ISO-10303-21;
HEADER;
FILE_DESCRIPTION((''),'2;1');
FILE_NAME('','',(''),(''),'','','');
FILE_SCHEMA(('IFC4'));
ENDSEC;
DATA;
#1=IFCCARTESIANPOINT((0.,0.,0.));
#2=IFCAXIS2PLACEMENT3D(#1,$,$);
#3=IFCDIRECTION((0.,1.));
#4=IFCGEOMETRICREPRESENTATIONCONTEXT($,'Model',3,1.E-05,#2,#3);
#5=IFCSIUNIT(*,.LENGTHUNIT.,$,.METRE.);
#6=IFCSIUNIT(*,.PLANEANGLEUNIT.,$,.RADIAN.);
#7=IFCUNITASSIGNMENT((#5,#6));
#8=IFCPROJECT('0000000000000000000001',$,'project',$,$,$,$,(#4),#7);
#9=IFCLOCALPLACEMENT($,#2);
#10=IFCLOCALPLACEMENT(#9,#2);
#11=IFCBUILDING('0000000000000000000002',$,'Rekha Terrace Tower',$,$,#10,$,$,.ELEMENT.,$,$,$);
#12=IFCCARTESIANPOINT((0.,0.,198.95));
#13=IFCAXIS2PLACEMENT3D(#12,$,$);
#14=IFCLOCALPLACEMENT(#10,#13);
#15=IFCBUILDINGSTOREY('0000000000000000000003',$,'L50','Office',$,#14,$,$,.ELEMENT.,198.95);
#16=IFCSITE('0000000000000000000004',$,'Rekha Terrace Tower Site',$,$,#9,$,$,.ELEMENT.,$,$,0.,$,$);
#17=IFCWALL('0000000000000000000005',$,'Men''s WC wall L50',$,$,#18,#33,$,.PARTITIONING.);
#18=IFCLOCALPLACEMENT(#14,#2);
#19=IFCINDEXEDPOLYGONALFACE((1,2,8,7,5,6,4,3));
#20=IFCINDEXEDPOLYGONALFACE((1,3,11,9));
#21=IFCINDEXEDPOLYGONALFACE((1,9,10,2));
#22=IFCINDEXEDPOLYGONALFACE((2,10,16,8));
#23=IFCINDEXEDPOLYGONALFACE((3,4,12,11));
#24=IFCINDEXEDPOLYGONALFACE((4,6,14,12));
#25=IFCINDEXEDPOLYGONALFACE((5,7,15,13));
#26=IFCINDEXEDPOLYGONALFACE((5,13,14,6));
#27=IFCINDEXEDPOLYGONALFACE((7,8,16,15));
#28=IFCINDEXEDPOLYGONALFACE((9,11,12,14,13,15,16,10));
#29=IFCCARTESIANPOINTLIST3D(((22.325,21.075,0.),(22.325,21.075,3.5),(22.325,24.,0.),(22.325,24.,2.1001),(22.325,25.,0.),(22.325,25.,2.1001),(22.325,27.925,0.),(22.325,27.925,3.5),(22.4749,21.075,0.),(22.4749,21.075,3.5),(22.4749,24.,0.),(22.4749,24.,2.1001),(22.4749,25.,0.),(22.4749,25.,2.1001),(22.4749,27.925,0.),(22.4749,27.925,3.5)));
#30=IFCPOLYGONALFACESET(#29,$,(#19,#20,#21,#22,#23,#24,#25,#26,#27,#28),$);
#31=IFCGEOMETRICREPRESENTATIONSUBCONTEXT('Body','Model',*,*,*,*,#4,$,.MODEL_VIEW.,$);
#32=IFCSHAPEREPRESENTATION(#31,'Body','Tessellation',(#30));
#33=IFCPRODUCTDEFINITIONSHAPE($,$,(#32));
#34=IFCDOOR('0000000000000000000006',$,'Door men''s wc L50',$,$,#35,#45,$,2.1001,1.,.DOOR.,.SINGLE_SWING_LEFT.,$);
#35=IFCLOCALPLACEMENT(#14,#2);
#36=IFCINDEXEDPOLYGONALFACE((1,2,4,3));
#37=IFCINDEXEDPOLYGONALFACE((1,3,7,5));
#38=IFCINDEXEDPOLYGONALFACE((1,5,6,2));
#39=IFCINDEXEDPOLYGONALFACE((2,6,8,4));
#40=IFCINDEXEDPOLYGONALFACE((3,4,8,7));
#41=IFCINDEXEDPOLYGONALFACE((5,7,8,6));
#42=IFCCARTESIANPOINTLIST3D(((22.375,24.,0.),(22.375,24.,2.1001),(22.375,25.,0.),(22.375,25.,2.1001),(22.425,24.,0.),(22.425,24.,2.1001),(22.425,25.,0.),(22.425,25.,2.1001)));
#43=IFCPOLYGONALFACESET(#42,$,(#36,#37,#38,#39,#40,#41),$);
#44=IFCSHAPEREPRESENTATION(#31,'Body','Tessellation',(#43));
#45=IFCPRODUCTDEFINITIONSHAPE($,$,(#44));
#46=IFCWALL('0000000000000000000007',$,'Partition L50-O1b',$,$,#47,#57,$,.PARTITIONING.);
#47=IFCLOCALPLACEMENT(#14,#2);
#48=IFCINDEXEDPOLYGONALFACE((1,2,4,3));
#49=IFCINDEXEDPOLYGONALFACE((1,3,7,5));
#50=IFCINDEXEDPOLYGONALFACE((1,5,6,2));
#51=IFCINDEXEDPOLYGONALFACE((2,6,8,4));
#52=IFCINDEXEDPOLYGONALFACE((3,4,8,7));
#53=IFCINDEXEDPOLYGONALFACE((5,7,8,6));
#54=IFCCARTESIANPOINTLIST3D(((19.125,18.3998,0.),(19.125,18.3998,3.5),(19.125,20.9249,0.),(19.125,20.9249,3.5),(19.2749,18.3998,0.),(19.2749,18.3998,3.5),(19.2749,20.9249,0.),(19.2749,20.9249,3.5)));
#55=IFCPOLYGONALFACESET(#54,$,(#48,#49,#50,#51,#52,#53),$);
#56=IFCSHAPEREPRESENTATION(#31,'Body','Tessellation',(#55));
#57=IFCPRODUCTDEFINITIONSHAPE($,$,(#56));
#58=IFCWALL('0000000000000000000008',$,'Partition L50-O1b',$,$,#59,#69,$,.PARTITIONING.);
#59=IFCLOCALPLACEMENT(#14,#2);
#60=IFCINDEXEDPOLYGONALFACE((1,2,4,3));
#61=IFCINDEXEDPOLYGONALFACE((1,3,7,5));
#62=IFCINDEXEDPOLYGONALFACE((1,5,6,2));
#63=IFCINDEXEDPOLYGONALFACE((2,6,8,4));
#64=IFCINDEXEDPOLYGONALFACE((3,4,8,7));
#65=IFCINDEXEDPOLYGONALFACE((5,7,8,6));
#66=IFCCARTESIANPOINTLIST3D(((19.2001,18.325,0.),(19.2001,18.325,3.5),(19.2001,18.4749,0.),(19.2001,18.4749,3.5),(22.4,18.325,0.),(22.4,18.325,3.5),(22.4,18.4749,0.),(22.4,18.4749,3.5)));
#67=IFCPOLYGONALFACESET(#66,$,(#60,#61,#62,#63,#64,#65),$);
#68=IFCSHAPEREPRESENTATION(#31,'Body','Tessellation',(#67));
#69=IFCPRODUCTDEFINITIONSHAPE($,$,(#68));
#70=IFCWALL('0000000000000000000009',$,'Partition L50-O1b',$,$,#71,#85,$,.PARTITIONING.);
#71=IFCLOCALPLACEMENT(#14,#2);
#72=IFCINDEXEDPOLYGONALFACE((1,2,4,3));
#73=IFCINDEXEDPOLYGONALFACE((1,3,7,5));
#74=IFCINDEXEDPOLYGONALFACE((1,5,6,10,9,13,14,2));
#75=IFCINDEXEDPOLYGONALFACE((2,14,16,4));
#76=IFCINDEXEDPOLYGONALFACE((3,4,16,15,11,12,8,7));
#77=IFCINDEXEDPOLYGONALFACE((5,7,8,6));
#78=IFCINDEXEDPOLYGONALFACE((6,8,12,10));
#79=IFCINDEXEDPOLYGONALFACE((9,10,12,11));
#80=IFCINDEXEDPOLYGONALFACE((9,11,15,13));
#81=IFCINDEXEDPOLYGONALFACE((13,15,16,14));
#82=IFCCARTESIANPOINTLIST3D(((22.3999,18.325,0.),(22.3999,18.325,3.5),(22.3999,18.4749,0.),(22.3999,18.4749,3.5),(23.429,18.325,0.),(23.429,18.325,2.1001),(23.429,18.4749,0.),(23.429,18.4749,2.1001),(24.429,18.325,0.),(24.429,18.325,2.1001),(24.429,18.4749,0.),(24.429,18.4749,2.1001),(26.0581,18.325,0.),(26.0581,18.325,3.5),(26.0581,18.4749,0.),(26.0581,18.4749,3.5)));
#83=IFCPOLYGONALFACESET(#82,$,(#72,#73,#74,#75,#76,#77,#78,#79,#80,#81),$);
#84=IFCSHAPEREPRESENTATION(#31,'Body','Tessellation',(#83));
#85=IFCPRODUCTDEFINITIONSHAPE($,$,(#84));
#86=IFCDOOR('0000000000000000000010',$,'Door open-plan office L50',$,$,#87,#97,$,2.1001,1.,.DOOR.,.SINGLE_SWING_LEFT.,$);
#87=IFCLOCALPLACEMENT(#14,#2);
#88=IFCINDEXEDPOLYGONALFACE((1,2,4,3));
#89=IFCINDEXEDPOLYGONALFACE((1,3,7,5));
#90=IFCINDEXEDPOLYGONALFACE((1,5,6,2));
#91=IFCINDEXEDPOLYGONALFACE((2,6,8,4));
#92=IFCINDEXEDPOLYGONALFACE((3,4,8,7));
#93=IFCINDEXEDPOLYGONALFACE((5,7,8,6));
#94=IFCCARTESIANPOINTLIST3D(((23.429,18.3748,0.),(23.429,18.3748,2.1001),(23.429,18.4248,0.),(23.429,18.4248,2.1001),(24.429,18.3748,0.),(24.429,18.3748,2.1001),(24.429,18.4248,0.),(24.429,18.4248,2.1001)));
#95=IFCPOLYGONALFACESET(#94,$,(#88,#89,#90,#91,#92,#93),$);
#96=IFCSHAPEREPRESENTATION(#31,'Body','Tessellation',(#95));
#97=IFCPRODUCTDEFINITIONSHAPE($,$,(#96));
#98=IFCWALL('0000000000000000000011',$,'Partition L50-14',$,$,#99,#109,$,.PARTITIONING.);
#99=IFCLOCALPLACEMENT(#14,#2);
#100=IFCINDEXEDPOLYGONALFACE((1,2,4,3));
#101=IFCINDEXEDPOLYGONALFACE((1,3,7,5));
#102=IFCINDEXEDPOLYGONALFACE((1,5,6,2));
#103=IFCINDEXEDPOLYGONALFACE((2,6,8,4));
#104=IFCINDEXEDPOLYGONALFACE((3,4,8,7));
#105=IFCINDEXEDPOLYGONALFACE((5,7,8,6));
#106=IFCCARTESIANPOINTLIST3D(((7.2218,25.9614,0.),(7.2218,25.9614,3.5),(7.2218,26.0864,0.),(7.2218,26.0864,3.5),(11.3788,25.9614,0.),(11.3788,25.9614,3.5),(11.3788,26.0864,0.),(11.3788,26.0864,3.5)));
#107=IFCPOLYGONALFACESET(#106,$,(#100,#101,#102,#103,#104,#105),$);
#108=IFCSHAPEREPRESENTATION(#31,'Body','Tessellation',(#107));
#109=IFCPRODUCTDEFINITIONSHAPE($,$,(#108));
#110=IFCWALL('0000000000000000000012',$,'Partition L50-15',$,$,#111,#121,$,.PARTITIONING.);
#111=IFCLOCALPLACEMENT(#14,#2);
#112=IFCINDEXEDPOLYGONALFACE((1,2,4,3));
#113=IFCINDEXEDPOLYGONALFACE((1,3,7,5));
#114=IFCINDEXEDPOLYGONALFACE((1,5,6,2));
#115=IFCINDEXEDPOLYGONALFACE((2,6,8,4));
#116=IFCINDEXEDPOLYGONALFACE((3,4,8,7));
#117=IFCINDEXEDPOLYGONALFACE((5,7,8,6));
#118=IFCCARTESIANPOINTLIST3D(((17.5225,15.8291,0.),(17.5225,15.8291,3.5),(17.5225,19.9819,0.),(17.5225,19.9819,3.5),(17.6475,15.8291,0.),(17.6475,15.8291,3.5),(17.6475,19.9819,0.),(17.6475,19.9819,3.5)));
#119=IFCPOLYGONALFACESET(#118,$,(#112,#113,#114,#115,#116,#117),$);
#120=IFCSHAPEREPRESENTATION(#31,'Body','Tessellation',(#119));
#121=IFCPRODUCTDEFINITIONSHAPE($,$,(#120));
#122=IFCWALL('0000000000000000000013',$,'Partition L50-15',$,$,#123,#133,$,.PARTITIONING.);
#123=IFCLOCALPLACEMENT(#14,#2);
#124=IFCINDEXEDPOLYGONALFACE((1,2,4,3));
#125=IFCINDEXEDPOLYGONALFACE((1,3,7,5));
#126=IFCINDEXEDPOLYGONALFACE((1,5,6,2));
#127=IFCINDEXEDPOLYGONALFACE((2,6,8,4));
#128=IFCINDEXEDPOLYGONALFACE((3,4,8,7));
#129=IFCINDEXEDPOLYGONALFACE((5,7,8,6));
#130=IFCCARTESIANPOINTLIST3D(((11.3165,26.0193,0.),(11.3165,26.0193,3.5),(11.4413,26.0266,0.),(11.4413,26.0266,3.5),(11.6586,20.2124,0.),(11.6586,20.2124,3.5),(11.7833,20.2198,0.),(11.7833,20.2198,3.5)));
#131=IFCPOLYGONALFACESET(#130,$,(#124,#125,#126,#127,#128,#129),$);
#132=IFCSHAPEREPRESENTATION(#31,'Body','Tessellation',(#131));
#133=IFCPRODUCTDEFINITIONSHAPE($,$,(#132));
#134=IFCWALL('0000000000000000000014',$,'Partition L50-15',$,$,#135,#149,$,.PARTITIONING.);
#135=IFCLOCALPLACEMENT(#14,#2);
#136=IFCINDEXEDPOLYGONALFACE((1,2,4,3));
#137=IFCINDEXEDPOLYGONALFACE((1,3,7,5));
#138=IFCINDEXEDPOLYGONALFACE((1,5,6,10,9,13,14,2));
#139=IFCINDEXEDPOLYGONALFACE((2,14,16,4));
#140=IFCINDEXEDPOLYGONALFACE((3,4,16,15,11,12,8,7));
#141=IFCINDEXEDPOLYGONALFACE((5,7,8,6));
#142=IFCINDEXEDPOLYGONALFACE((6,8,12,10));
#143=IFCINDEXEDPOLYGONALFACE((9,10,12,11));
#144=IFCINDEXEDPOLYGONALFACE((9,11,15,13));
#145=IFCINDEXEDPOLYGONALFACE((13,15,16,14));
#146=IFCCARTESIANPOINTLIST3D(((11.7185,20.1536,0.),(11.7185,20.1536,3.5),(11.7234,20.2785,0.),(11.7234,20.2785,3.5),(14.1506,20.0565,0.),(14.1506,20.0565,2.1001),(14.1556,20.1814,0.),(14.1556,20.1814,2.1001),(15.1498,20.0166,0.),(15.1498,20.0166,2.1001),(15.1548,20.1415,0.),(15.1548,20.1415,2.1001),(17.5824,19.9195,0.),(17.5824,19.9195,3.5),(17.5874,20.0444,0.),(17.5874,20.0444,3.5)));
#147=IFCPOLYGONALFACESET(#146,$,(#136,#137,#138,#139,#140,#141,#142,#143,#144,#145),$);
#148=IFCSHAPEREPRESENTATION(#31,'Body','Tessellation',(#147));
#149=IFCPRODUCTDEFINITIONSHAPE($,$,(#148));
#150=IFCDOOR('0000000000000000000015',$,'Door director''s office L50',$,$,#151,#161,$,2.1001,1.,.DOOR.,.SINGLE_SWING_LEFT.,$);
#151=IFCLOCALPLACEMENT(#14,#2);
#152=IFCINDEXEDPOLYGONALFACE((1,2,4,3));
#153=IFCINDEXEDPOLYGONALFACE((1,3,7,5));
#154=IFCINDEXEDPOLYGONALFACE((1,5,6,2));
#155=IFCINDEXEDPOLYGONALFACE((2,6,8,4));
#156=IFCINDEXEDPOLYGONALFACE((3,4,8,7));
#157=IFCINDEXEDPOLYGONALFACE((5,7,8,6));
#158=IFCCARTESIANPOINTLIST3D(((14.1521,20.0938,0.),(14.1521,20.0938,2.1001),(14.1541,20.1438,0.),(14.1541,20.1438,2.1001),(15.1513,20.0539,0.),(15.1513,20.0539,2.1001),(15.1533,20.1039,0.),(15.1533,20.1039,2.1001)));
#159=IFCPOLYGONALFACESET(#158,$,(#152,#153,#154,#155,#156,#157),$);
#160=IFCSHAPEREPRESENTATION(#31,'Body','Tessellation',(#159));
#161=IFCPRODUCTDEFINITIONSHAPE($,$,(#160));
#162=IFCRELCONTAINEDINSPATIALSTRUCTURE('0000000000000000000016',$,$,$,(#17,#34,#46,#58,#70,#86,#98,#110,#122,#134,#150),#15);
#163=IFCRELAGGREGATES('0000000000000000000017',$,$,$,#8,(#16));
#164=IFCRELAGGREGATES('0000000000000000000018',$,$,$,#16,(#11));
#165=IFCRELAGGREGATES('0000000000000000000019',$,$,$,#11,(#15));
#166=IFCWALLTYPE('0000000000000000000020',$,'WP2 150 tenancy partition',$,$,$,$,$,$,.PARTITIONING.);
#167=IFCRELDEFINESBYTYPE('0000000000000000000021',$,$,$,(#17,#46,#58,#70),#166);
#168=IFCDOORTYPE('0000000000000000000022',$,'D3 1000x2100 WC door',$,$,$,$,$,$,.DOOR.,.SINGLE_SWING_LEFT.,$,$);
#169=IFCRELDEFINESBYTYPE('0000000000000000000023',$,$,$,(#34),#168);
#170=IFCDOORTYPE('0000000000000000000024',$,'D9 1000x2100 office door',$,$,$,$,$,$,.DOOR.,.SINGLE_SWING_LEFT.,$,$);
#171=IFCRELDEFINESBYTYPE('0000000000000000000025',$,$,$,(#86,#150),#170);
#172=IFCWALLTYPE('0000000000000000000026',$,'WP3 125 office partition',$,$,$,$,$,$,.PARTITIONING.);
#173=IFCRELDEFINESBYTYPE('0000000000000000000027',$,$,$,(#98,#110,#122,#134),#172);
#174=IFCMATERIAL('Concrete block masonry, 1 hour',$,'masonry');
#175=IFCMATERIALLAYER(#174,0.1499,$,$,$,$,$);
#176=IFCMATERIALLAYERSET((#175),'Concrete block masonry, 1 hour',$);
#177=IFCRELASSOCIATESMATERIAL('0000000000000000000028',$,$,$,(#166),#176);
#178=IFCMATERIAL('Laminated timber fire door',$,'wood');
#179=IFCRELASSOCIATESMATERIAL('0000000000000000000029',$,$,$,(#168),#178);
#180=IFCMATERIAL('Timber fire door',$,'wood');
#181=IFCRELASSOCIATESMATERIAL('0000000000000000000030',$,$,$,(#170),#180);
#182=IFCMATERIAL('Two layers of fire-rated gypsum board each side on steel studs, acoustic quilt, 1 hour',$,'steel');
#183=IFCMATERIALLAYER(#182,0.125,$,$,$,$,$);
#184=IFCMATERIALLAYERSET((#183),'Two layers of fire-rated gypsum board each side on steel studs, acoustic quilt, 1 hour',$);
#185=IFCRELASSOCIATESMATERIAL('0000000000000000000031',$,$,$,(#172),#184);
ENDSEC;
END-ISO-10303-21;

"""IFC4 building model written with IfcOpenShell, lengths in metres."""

from ifc_helpers import new_model, si_unit, direction, frame, frame_2d, origin, place, context, subcontext, project, spatial, rectangle, extrude, material, layer, layer_set, type_object, element, fill, save


model = new_model("IFC4")

# Units and contexts
model_context = context("Model", 3, precision=1e-05, world=origin(), true_north=direction((0.0, 1.0)))
body_context = subcontext(model_context, "Body", "Model", "MODEL_VIEW")
ifc_project = project(units=[si_unit("LENGTHUNIT", "METRE"), si_unit("PLANEANGLEUNIT", "RADIAN")], contexts=[model_context])

# Site, building, storey
site_placement = place(None, origin())
site = spatial("IfcSite", under=ifc_project, at=site_placement, Name="Rekha Terrace Tower Site", CompositionType="ELEMENT", RefElevation=0.0)
building_placement = place(site_placement, origin())
building = spatial("IfcBuilding", under=site, at=building_placement, Name="Rekha Terrace Tower", CompositionType="ELEMENT")
storey_placement = place(building_placement, frame((0.0, 0.0, 198.95)))
storey = spatial("IfcBuildingStorey", under=building, at=storey_placement, Name="L50", Description="Office", CompositionType="ELEMENT", Elevation=198.95)

# Shared definitions
ifc_material_1 = material(Name="Concrete block masonry, 1 hour", Category="masonry")
ifc_layer_1 = layer(ifc_material_1, 0.1499)
ifc_layer_set_1 = layer_set([ifc_layer_1], Name="Concrete block masonry, 1 hour")
wall_type_1 = type_object("IfcWallType", Name="WP2 150 tenancy partition", PredefinedType="PARTITIONING", material=ifc_layer_set_1)

# Wall, opening, door
wall_1_placement = place(storey_placement, frame((22.3999, 21.075, 0.0), z_axis=(0.0, 0.0, 1.0), x_axis=(0.0, 1.0, 0.0)))
wall_1 = element("IfcWall", 1, at=wall_1_placement, inside=storey, type_object=wall_type_1, Name="Men's WC wall L50", PredefinedType="PARTITIONING", context=body_context, shape_type="SweptSolid", body=[
    extrude(rectangle(XDim=6.8501, YDim=0.1499, at=frame_2d((3.425, 0.0))), origin(), (0.0, 0.0, 1.0), 3.5),
])
opening_1_placement = place(wall_1_placement, frame((2.925, 0.0, 0.0)))
opening_1 = element("IfcOpeningElement", 2, at=opening_1_placement, cuts=wall_1, PredefinedType="OPENING", context=body_context, shape_type="SweptSolid", body=[
    extrude(rectangle(XDim=1.0, YDim=2.1001, at=frame_2d((0.5, 1.05))), frame((0.0, 0.085, 0.0), z_axis=(0.0, -1.0, 0.0), x_axis=(1.0, 0.0, 0.0)), (0.0, 0.0, 1.0), 0.1699),
])
ifc_material_2 = material(Name="Laminated timber fire door", Category="wood")
door_type_1 = type_object("IfcDoorType", Name="D3 1000x2100 WC door", OperationType="SINGLE_SWING_LEFT", PredefinedType="DOOR", material=ifc_material_2)
door_1_placement = place(opening_1_placement, origin())
door_1 = element("IfcDoor", 3, at=door_1_placement, inside=storey, type_object=door_type_1, Name="Door men's wc L50", OperationType="SINGLE_SWING_LEFT", OverallHeight=2.1001, OverallWidth=1.0, PredefinedType="DOOR", context=body_context, shape_type="SweptSolid", body=[
    extrude(rectangle(XDim=1.0, YDim=2.1001, at=frame_2d((0.5, 1.05))), frame((0.0, 0.0249, 0.0), z_axis=(0.0, -1.0, 0.0), x_axis=(1.0, 0.0, 0.0)), (0.0, 0.0, 1.0), 0.05),
])
fill(opening_1, door_1)

# Walls
wall_2_placement = place(storey_placement, frame((19.2, 20.925, 0.0), z_axis=(0.0, 0.0, 1.0), x_axis=(0.0, -1.0, 0.0)))
element("IfcWall", 4, at=wall_2_placement, inside=storey, type_object=wall_type_1, Name="Partition L50-O1b", PredefinedType="PARTITIONING", context=body_context, shape_type="SweptSolid", body=[
    extrude(rectangle(XDim=2.5251, YDim=0.1499, at=frame_2d((1.2627, 0.0))), origin(), (0.0, 0.0, 1.0), 3.5),
])
wall_3_placement = place(storey_placement, frame((19.2, 18.3999, 0.0), z_axis=(0.0, 0.0, 1.0), x_axis=(1.0, 0.0, 0.0)))
element("IfcWall", 5, at=wall_3_placement, inside=storey, type_object=wall_type_1, Name="Partition L50-O1b", PredefinedType="PARTITIONING", context=body_context, shape_type="SweptSolid", body=[
    extrude(rectangle(XDim=3.2, YDim=0.1499, at=frame_2d((1.6001, 0.0))), origin(), (0.0, 0.0, 1.0), 3.5),
])

# Wall, opening, door
wall_4_placement = place(storey_placement, frame((22.3999, 18.3999, 0.0), z_axis=(0.0, 0.0, 1.0), x_axis=(1.0, 0.0, 0.0)))
wall_4 = element("IfcWall", 6, at=wall_4_placement, inside=storey, type_object=wall_type_1, Name="Partition L50-O1b", PredefinedType="PARTITIONING", context=body_context, shape_type="SweptSolid", body=[
    extrude(rectangle(XDim=3.6582, YDim=0.1499, at=frame_2d((1.8291, 0.0))), origin(), (0.0, 0.0, 1.0), 3.5),
])
opening_2_placement = place(wall_4_placement, frame((1.0291, 0.0, 0.0)))
opening_2 = element("IfcOpeningElement", 7, at=opening_2_placement, cuts=wall_4, PredefinedType="OPENING", context=body_context, shape_type="SweptSolid", body=[
    extrude(rectangle(XDim=1.0, YDim=2.1001, at=frame_2d((0.5, 1.05))), frame((0.0, 0.085, 0.0), z_axis=(0.0, -1.0, 0.0), x_axis=(1.0, 0.0, 0.0)), (0.0, 0.0, 1.0), 0.1699),
])
ifc_material_3 = material(Name="Timber fire door", Category="wood")
door_type_2 = type_object("IfcDoorType", Name="D9 1000x2100 office door", OperationType="SINGLE_SWING_LEFT", PredefinedType="DOOR", material=ifc_material_3)
door_2_placement = place(opening_2_placement, origin())
door_2 = element("IfcDoor", 8, at=door_2_placement, inside=storey, type_object=door_type_2, Name="Door open-plan office L50", OperationType="SINGLE_SWING_LEFT", OverallHeight=2.1001, OverallWidth=1.0, PredefinedType="DOOR", context=body_context, shape_type="SweptSolid", body=[
    extrude(rectangle(XDim=1.0, YDim=2.1001, at=frame_2d((0.5, 1.05))), frame((0.0, 0.0249, 0.0), z_axis=(0.0, -1.0, 0.0), x_axis=(1.0, 0.0, 0.0)), (0.0, 0.0, 1.0), 0.05),
])
fill(opening_2, door_2)

# Walls
ifc_material_4 = material(Name="Two layers of fire-rated gypsum board each side on steel studs, acoustic quilt, 1 hour", Category="steel")
ifc_layer_2 = layer(ifc_material_4, 0.125)
ifc_layer_set_2 = layer_set([ifc_layer_2], Name="Two layers of fire-rated gypsum board each side on steel studs, acoustic quilt, 1 hour")
wall_type_2 = type_object("IfcWallType", Name="WP3 125 office partition", PredefinedType="PARTITIONING", material=ifc_layer_set_2)
wall_5_placement = place(storey_placement, frame((11.3789, 26.0239, 0.0), z_axis=(0.0, 0.0, 1.0), x_axis=(-1.0, 0.0, 0.0)))
element("IfcWall", 9, at=wall_5_placement, inside=storey, type_object=wall_type_2, Name="Partition L50-14", PredefinedType="PARTITIONING", context=body_context, shape_type="SweptSolid", body=[
    extrude(rectangle(XDim=4.157, YDim=0.125, at=frame_2d((2.0786, 0.0))), origin(), (0.0, 0.0, 1.0), 3.5),
])
wall_6_placement = place(storey_placement, frame((17.585, 19.9819, 0.0), z_axis=(0.0, 0.0, 1.0), x_axis=(0.0, -1.0, 0.0)))
element("IfcWall", 10, at=wall_6_placement, inside=storey, type_object=wall_type_2, Name="Partition L50-15", PredefinedType="PARTITIONING", context=body_context, shape_type="SweptSolid", body=[
    extrude(rectangle(XDim=4.1528, YDim=0.125, at=frame_2d((2.0764, 0.0))), origin(), (0.0, 0.0, 1.0), 3.5),
])
wall_7_placement = place(storey_placement, frame((11.3789, 26.0229, 0.0), z_axis=(0.0, 0.0, 1.0), x_axis=(0.058801, -0.99827, 0.0)))
element("IfcWall", 11, at=wall_7_placement, inside=storey, type_object=wall_type_2, Name="Partition L50-15", PredefinedType="PARTITIONING", context=body_context, shape_type="SweptSolid", body=[
    extrude(rectangle(XDim=5.8169, YDim=0.125, at=frame_2d((2.9084, 0.0))), origin(), (0.0, 0.0, 1.0), 3.5),
])

# Wall, opening, door
wall_8_placement = place(storey_placement, frame((11.7209, 20.2161, 0.0), z_axis=(0.0, 0.0, 1.0), x_axis=(0.999204, -0.039895, 0.0)))
wall_8 = element("IfcWall", 12, at=wall_8_placement, inside=storey, type_object=wall_type_2, Name="Partition L50-15", PredefinedType="PARTITIONING", context=body_context, shape_type="SweptSolid", body=[
    extrude(rectangle(XDim=5.8687, YDim=0.125, at=frame_2d((2.9343, 0.0))), origin(), (0.0, 0.0, 1.0), 3.5),
])
opening_3_placement = place(wall_8_placement, frame((2.4341, 0.0, 0.0)))
opening_3 = element("IfcOpeningElement", 13, at=opening_3_placement, cuts=wall_8, PredefinedType="OPENING", context=body_context, shape_type="SweptSolid", body=[
    extrude(rectangle(XDim=1.0, YDim=2.1001, at=frame_2d((0.5, 1.05))), frame((0.0, 0.0725, 0.0), z_axis=(0.0, -1.0, 0.0), x_axis=(1.0, 0.0, 0.0)), (0.0, 0.0, 1.0), 0.145),
])
door_3_placement = place(opening_3_placement, origin())
door_3 = element("IfcDoor", 14, at=door_3_placement, inside=storey, type_object=door_type_2, Name="Door director's office L50", OperationType="SINGLE_SWING_LEFT", OverallHeight=2.1001, OverallWidth=1.0, PredefinedType="DOOR", context=body_context, shape_type="SweptSolid", body=[
    extrude(rectangle(XDim=1.0, YDim=2.1001, at=frame_2d((0.5, 1.05))), frame((0.0, 0.0249, 0.0), z_axis=(0.0, -1.0, 0.0), x_axis=(1.0, 0.0, 0.0)), (0.0, 0.0, 1.0), 0.05),
])
fill(opening_3, door_3)

save(model, "model.ifc")
